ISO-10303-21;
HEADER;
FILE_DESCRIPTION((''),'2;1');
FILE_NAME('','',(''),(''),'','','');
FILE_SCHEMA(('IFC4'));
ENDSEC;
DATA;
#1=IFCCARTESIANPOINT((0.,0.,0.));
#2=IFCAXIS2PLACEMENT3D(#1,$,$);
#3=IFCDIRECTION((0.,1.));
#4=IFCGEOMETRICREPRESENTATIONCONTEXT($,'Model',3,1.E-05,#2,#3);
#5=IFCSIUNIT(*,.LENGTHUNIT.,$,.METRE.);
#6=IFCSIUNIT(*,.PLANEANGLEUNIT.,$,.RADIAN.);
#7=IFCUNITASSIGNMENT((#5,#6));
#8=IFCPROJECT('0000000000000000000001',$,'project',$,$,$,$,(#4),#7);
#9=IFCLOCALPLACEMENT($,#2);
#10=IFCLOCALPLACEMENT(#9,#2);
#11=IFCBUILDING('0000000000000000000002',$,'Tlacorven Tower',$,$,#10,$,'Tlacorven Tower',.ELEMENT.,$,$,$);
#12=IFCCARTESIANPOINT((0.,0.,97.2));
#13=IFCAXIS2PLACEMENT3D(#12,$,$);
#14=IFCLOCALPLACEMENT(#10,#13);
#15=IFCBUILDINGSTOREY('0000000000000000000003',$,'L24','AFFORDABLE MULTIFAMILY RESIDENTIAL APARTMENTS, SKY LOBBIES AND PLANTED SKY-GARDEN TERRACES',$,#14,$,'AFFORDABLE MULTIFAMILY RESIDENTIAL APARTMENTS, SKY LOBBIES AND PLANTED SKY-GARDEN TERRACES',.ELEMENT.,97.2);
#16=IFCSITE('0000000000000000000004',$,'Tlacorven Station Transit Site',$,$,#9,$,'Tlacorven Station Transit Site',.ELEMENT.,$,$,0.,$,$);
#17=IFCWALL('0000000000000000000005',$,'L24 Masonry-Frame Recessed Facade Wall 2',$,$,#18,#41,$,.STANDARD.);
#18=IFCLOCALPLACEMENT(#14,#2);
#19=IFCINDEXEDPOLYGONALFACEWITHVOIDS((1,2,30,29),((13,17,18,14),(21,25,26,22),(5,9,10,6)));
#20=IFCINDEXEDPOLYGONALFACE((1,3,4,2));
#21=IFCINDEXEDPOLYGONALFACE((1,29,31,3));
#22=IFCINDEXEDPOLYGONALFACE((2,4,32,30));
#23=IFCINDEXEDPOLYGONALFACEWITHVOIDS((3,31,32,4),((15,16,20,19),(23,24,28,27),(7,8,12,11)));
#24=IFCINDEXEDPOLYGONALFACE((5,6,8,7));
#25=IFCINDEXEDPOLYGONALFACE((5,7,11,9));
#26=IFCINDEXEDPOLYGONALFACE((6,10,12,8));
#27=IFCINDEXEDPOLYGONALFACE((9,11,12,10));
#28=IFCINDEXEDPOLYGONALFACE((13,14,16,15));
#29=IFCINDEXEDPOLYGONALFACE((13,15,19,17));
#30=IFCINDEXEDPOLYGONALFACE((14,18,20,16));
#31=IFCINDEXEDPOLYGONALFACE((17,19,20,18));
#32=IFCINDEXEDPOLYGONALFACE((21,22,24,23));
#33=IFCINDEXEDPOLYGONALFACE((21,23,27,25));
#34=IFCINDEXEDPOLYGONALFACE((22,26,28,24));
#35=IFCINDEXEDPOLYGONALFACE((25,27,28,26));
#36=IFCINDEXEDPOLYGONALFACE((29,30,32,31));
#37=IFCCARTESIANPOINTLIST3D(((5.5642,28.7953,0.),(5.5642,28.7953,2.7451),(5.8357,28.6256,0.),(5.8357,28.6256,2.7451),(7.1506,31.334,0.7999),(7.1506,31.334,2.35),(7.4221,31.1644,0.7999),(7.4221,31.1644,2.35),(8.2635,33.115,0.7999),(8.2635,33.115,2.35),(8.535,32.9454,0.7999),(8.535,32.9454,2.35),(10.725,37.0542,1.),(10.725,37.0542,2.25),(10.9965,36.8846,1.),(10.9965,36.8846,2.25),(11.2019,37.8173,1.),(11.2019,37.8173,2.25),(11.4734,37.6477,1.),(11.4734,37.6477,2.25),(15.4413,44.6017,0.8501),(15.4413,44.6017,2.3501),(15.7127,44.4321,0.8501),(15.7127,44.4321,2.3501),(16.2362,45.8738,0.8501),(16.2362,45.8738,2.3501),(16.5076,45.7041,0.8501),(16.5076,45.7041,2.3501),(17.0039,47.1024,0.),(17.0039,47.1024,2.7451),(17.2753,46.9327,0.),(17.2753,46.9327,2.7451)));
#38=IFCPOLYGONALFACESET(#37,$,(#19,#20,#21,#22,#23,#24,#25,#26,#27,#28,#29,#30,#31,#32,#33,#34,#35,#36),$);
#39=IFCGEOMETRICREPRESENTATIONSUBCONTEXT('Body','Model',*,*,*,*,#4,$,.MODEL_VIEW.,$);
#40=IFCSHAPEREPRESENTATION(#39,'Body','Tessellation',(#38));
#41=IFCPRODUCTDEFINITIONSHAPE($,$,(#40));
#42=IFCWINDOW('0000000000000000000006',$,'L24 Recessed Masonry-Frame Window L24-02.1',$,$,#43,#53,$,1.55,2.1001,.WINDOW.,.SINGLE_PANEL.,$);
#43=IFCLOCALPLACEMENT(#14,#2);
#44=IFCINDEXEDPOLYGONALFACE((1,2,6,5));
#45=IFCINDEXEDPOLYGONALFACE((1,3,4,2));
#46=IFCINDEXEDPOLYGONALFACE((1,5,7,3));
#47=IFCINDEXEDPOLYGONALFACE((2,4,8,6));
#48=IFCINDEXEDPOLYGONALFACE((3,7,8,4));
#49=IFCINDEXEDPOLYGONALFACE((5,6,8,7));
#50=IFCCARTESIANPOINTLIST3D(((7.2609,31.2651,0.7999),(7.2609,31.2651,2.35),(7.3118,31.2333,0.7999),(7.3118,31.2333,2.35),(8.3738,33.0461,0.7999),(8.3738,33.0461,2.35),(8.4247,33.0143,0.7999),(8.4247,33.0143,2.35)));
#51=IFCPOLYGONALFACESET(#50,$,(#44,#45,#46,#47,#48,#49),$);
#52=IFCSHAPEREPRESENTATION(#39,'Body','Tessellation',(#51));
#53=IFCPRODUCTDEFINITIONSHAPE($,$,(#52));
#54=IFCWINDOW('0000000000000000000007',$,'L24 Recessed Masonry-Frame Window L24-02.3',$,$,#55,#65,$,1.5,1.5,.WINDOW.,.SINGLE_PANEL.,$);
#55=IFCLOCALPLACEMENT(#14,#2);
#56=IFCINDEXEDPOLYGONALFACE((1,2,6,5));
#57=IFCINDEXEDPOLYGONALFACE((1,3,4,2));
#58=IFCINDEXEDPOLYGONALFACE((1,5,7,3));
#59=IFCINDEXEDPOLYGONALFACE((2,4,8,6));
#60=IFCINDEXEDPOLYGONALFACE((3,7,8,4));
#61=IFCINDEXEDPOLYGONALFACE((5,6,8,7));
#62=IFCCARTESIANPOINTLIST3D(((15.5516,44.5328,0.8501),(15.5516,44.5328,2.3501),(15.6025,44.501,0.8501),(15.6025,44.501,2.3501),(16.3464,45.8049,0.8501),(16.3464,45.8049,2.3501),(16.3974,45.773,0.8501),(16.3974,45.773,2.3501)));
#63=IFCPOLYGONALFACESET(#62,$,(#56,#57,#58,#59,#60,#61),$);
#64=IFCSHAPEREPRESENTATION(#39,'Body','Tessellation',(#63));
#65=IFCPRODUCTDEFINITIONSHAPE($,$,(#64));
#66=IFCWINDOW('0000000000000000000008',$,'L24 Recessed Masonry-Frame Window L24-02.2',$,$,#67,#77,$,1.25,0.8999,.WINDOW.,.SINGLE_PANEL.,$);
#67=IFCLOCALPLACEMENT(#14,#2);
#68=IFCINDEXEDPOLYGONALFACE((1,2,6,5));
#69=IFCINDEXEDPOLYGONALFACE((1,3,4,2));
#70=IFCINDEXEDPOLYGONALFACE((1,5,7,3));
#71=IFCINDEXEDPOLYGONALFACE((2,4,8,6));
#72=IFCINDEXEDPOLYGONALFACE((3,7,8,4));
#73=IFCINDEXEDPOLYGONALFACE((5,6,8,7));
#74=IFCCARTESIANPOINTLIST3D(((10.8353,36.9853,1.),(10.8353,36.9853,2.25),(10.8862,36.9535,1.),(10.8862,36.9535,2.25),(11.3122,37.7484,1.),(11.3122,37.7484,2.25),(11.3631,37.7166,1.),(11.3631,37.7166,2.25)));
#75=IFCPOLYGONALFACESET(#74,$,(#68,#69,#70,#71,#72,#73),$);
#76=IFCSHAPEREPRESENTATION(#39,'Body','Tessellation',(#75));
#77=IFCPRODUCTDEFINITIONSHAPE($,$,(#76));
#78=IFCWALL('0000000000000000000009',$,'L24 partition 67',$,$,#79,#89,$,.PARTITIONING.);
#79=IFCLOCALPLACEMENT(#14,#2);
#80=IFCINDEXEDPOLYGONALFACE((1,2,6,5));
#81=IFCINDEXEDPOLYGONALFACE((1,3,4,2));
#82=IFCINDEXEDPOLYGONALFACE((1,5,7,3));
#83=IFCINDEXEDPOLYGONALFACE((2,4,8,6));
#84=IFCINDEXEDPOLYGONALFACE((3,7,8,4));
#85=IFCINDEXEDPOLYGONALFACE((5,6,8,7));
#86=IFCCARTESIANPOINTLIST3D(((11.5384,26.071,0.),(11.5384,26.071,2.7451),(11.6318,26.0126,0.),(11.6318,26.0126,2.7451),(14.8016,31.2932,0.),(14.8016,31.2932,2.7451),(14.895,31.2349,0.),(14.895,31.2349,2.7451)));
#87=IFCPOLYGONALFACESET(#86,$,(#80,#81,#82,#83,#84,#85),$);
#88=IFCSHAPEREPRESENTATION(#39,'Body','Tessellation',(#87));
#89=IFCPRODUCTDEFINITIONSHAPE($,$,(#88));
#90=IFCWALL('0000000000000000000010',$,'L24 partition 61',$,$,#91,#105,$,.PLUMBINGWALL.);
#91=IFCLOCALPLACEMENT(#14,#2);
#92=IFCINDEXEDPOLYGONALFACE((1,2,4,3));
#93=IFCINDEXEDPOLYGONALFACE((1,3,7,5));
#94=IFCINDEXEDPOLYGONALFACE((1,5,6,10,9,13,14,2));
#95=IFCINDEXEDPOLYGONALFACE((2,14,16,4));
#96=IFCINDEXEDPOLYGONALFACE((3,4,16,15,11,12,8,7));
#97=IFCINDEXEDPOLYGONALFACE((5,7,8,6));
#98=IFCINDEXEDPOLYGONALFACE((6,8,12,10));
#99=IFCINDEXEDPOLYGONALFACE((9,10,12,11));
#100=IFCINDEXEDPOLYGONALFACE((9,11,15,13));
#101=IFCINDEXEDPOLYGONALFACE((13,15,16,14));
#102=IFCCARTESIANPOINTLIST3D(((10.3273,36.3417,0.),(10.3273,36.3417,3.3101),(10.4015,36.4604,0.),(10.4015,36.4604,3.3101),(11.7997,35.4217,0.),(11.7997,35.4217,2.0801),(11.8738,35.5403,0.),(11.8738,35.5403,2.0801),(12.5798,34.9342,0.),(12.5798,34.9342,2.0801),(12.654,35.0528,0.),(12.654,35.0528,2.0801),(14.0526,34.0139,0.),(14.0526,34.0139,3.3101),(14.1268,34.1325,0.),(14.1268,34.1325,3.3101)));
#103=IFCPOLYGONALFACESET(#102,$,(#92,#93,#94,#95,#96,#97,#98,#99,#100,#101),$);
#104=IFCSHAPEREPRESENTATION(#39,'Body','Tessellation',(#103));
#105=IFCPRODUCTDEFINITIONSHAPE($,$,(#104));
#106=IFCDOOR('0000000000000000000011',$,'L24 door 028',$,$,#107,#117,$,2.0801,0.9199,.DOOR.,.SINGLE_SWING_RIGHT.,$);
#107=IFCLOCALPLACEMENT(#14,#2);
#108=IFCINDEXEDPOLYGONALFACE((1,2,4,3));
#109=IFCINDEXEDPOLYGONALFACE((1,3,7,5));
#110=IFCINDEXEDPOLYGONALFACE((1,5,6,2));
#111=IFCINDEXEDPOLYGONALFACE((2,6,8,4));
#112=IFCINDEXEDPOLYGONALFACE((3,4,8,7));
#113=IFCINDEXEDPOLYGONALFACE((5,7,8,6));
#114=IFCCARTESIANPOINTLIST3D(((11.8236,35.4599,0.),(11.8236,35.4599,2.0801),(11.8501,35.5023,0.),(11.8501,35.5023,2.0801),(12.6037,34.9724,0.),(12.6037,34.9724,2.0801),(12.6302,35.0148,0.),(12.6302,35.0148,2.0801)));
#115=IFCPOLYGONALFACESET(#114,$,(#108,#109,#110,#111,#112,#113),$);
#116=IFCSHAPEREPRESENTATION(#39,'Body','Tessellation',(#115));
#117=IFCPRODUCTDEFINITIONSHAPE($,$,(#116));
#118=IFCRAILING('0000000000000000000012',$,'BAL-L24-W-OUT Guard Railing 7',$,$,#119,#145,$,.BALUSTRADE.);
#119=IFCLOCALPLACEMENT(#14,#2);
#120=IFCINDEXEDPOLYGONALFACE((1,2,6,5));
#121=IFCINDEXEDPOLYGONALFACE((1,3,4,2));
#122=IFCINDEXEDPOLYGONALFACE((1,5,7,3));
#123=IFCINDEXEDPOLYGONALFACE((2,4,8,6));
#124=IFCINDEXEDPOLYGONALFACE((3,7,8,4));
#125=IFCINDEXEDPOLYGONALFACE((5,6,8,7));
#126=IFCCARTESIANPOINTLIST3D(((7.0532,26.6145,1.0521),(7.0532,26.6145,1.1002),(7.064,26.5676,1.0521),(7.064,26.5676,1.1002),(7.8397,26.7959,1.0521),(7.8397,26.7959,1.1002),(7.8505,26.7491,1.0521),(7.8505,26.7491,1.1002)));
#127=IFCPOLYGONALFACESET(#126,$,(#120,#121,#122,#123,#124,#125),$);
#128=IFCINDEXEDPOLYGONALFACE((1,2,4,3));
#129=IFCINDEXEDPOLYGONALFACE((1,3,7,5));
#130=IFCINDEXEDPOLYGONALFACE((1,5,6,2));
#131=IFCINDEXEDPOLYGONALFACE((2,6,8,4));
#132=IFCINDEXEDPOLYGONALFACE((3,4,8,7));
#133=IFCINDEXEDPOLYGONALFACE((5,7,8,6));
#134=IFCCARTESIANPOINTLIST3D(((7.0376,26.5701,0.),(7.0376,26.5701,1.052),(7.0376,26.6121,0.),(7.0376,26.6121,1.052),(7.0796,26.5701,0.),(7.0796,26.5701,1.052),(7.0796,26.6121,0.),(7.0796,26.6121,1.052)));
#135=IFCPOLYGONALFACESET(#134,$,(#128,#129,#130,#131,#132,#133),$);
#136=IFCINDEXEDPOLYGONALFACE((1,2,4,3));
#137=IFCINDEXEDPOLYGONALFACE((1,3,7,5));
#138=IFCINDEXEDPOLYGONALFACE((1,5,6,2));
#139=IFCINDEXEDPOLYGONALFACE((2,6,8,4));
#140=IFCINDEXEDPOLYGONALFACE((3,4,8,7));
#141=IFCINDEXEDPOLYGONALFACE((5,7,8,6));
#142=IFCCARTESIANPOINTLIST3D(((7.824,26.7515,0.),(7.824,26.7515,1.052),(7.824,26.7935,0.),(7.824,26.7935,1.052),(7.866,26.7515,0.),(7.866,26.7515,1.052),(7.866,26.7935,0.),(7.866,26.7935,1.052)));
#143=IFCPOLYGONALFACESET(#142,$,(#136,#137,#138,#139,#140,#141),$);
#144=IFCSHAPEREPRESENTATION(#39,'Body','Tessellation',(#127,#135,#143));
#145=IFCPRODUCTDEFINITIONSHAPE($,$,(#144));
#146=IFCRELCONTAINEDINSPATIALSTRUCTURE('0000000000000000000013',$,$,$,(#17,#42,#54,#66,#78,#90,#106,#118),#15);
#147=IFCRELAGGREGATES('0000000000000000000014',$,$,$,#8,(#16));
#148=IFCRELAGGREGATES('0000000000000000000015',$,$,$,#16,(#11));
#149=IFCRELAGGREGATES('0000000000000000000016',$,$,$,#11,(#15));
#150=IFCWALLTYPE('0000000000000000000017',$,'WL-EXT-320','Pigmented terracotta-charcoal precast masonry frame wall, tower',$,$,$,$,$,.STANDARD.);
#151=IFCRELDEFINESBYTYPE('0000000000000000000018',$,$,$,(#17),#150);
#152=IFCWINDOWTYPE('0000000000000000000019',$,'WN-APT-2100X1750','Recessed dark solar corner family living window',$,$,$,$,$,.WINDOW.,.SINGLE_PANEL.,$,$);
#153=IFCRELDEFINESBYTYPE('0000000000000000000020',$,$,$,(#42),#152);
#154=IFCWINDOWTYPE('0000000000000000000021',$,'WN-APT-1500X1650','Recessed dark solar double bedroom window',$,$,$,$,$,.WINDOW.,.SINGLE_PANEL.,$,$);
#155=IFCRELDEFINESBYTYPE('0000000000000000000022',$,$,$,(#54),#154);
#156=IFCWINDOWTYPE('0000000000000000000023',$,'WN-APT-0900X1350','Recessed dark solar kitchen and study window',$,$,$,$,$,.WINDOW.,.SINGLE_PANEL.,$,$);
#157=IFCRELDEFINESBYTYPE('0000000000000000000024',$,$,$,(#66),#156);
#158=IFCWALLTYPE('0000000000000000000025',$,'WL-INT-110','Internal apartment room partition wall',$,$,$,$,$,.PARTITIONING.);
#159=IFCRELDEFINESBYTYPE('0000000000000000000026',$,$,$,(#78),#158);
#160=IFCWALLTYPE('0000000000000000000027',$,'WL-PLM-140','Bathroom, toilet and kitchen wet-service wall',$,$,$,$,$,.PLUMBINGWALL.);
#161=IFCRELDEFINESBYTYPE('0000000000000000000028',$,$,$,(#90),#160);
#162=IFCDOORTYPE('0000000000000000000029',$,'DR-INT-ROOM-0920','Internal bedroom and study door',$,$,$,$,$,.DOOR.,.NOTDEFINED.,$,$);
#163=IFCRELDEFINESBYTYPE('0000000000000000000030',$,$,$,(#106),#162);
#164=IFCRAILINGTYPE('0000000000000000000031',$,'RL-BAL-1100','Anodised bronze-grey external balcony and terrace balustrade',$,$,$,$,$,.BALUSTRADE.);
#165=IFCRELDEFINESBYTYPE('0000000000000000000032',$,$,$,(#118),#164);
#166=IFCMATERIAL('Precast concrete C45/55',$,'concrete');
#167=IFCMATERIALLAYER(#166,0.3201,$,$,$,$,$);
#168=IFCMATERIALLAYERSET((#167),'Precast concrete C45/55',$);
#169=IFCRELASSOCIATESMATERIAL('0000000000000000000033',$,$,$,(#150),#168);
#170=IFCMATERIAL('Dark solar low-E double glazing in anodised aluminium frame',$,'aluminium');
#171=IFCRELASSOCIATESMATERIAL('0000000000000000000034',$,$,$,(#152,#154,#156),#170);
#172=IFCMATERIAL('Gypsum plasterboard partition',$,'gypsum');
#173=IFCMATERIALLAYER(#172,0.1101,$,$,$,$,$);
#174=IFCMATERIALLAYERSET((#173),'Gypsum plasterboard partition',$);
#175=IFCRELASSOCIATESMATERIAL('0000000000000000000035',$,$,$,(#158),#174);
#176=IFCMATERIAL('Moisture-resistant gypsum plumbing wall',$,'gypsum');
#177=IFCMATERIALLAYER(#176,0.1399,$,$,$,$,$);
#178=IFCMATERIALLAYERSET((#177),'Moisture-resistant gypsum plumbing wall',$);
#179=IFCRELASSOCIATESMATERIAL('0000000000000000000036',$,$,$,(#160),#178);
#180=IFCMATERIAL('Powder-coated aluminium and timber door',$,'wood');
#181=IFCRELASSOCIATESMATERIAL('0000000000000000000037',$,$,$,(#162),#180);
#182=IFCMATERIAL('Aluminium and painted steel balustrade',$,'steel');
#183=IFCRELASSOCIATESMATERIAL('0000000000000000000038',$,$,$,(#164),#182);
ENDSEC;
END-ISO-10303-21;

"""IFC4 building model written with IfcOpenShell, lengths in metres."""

from ifc_helpers import new_model, si_unit, direction, frame, frame_2d, origin, origin_2d, place, context, subcontext, project, spatial, rectangle, extrude, source, transform, mapped, material, layer, layer_set, type_object, element, fill, save


model = new_model("IFC4")

# Units and contexts
model_context = context("Model", 3, precision=1e-05, world=origin(), true_north=direction((0.0, 1.0)))
body_context = subcontext(model_context, "Body", "Model", "MODEL_VIEW")
ifc_project = project(units=[si_unit("LENGTHUNIT", "METRE"), si_unit("PLANEANGLEUNIT", "RADIAN")], contexts=[model_context])

# Site, building, storey
site_placement = place(None, origin())
site = spatial("IfcSite", under=ifc_project, at=site_placement, Name="Tlacorven Station Transit Site", LongName="Tlacorven Station Transit Site", CompositionType="ELEMENT", RefElevation=0.0)
building_placement = place(site_placement, origin())
building = spatial("IfcBuilding", under=site, at=building_placement, Name="Tlacorven Tower", LongName="Tlacorven Tower", CompositionType="ELEMENT")
storey_placement = place(building_placement, frame((0.0, 0.0, 97.2)))
storey = spatial("IfcBuildingStorey", under=building, at=storey_placement, Name="L24", Description="AFFORDABLE MULTIFAMILY RESIDENTIAL APARTMENTS, SKY LOBBIES AND PLANTED SKY-GARDEN TERRACES", LongName="AFFORDABLE MULTIFAMILY RESIDENTIAL APARTMENTS, SKY LOBBIES AND PLANTED SKY-GARDEN TERRACES", CompositionType="ELEMENT", Elevation=97.2)

# Wall, openings, windows
ifc_material_1 = material(Name="Precast concrete C45/55", Category="concrete")
ifc_layer_1 = layer(ifc_material_1, 0.3201)
ifc_layer_set_1 = layer_set([ifc_layer_1], Name="Precast concrete C45/55")
wall_type_1 = type_object("IfcWallType", Name="WL-EXT-320", Description="Pigmented terracotta-charcoal precast masonry frame wall, tower", PredefinedType="STANDARD", material=ifc_layer_set_1)
wall_1_placement = place(storey_placement, frame((5.7, 28.7104, 0.0), z_axis=(0.0, 0.0, 1.0), x_axis=(0.529924, 0.848045, 0.0)))
wall_1 = element("IfcWall", 1, at=wall_1_placement, inside=storey, type_object=wall_type_1, Name="L24 Masonry-Frame Recessed Facade Wall 2", PredefinedType="STANDARD", context=body_context, shape_type="SweptSolid", body=[
    extrude(rectangle(XDim=21.5874, YDim=0.3201, at=frame_2d((10.7937, 0.0))), origin(), (0.0, 0.0, 1.0), 2.7451),
])
opening_1_placement = place(wall_1_placement, frame((2.9937, 0.0, 0.8)))
opening_1 = element("IfcOpeningElement", 2, at=opening_1_placement, cuts=wall_1, PredefinedType="OPENING", context=body_context, shape_type="SweptSolid", body=[
    extrude(rectangle(XDim=2.1001, YDim=1.55, at=frame_2d((1.05, 0.7749))), frame((0.0, 0.1699, 0.0), z_axis=(0.0, -1.0, 0.0), x_axis=(1.0, 0.0, 0.0)), (0.0, 0.0, 1.0), 0.3401),
])
opening_2_placement = place(wall_1_placement, frame((9.7388, 0.0, 1.0)))
opening_2 = element("IfcOpeningElement", 3, at=opening_2_placement, cuts=wall_1, PredefinedType="OPENING", context=body_context, shape_type="SweptSolid", body=[
    extrude(rectangle(XDim=0.8999, YDim=1.25, at=frame_2d((0.45, 0.625))), frame((0.0, 0.1699, 0.0), z_axis=(0.0, -1.0, 0.0), x_axis=(1.0, 0.0, 0.0)), (0.0, 0.0, 1.0), 0.3401),
])
opening_3_placement = place(wall_1_placement, frame((18.6387, 0.0, 0.8501)))
opening_3 = element("IfcOpeningElement", 4, at=opening_3_placement, cuts=wall_1, PredefinedType="OPENING", context=body_context, shape_type="SweptSolid", body=[
    extrude(rectangle(XDim=1.5, YDim=1.5, at=frame_2d((0.75, 0.75))), frame((0.0, 0.1699, 0.0), z_axis=(0.0, -1.0, 0.0), x_axis=(1.0, 0.0, 0.0)), (0.0, 0.0, 1.0), 0.3401),
])
ifc_material_2 = material(Name="Dark solar low-E double glazing in anodised aluminium frame", Category="aluminium")
window_type_1 = type_object("IfcWindowType", Name="WN-APT-2100X1750", Description="Recessed dark solar corner family living window", PartitioningType="SINGLE_PANEL", PredefinedType="WINDOW", material=ifc_material_2)
shared_shape_1 = source(origin(), body_context, "Body", "SweptSolid", [
    extrude(rectangle(XDim=2.1001, YDim=1.55, at=frame_2d((1.05, 0.7749))), frame((0.0, 0.03, 0.0), z_axis=(0.0, -1.0, 0.0), x_axis=(1.0, 0.0, 0.0)), (0.0, 0.0, 1.0), 0.0601),
])
window_1_placement = place(opening_1_placement, origin())
window_1 = element("IfcWindow", 5, at=window_1_placement, inside=storey, type_object=window_type_1, Name="L24 Recessed Masonry-Frame Window L24-02.1", OverallHeight=1.55, OverallWidth=2.1001, PartitioningType="SINGLE_PANEL", PredefinedType="WINDOW", context=body_context, shape_type="MappedRepresentation", body=[
    mapped(shared_shape_1, transform((0.0, 0.0, 0.0), scale=1.0)),
])
fill(opening_1, window_1)
window_type_2 = type_object("IfcWindowType", Name="WN-APT-1500X1650", Description="Recessed dark solar double bedroom window", PartitioningType="SINGLE_PANEL", PredefinedType="WINDOW", material=ifc_material_2)
shared_shape_2 = source(origin(), body_context, "Body", "SweptSolid", [
    extrude(rectangle(XDim=1.5, YDim=1.5, at=frame_2d((0.75, 0.75))), frame((0.0, 0.03, 0.0), z_axis=(0.0, -1.0, 0.0), x_axis=(1.0, 0.0, 0.0)), (0.0, 0.0, 1.0), 0.0601),
])
window_2_placement = place(opening_3_placement, origin())
window_2 = element("IfcWindow", 6, at=window_2_placement, inside=storey, type_object=window_type_2, Name="L24 Recessed Masonry-Frame Window L24-02.3", OverallHeight=1.5, OverallWidth=1.5, PartitioningType="SINGLE_PANEL", PredefinedType="WINDOW", context=body_context, shape_type="MappedRepresentation", body=[
    mapped(shared_shape_2, transform((0.0, 0.0, 0.0), scale=1.0)),
])
fill(opening_3, window_2)
window_type_3 = type_object("IfcWindowType", Name="WN-APT-0900X1350", Description="Recessed dark solar kitchen and study window", PartitioningType="SINGLE_PANEL", PredefinedType="WINDOW", material=ifc_material_2)
shared_shape_3 = source(origin(), body_context, "Body", "SweptSolid", [
    extrude(rectangle(XDim=0.8999, YDim=1.25, at=frame_2d((0.45, 0.625))), frame((0.0, 0.03, 0.0), z_axis=(0.0, -1.0, 0.0), x_axis=(1.0, 0.0, 0.0)), (0.0, 0.0, 1.0), 0.0601),
])
window_3_placement = place(opening_2_placement, origin())
window_3 = element("IfcWindow", 7, at=window_3_placement, inside=storey, type_object=window_type_3, Name="L24 Recessed Masonry-Frame Window L24-02.2", OverallHeight=1.25, OverallWidth=0.8999, PartitioningType="SINGLE_PANEL", PredefinedType="WINDOW", context=body_context, shape_type="MappedRepresentation", body=[
    mapped(shared_shape_3, transform((0.0, 0.0, 0.0), scale=1.0)),
])
fill(opening_2, window_3)

# Wall
ifc_material_3 = material(Name="Gypsum plasterboard partition", Category="gypsum")
ifc_layer_2 = layer(ifc_material_3, 0.1101)
ifc_layer_set_2 = layer_set([ifc_layer_2], Name="Gypsum plasterboard partition")
wall_type_2 = type_object("IfcWallType", Name="WL-INT-110", Description="Internal apartment room partition wall", PredefinedType="PARTITIONING", material=ifc_layer_set_2)
wall_2_placement = place(storey_placement, frame((14.8484, 31.2642, 0.0), z_axis=(0.0, 0.0, 1.0), x_axis=(-0.529921, -0.848047, 0.0)))
element("IfcWall", 8, at=wall_2_placement, inside=storey, type_object=wall_type_2, Name="L24 partition 67", PredefinedType="PARTITIONING", context=body_context, shape_type="SweptSolid", body=[
    extrude(rectangle(XDim=6.158, YDim=0.1101, at=frame_2d((3.0791, 0.0))), origin(), (0.0, 0.0, 1.0), 2.7451),
])

# Wall, opening, door
ifc_material_4 = material(Name="Moisture-resistant gypsum plumbing wall", Category="gypsum")
ifc_layer_3 = layer(ifc_material_4, 0.1399)
ifc_layer_set_3 = layer_set([ifc_layer_3], Name="Moisture-resistant gypsum plumbing wall")
wall_type_3 = type_object("IfcWallType", Name="WL-PLM-140", Description="Bathroom, toilet and kitchen wet-service wall", PredefinedType="PLUMBINGWALL", material=ifc_layer_set_3)
wall_3_placement = place(storey_placement, frame((14.0896, 34.0732, 0.0), z_axis=(0.0, 0.0, 1.0), x_axis=(-0.848045, 0.529924, 0.0)))
wall_3 = element("IfcWall", 9, at=wall_3_placement, inside=storey, type_object=wall_type_3, Name="L24 partition 61", PredefinedType="PLUMBINGWALL", context=body_context, shape_type="SweptSolid", body=[
    extrude(rectangle(XDim=4.3928, YDim=0.1399, at=frame_2d((2.1963, 0.0))), origin(), (0.0, 0.0, 1.0), 3.3101),
])
opening_4_placement = place(wall_3_placement, frame((1.7366, 0.0, 0.0)))
opening_4 = element("IfcOpeningElement", 10, at=opening_4_placement, cuts=wall_3, PredefinedType="OPENING", context=body_context, shape_type="SweptSolid", body=[
    extrude(rectangle(XDim=0.9199, YDim=2.0801, at=frame_2d((0.46, 1.04))), frame((0.0, 0.0801, 0.0), z_axis=(0.0, -1.0, 0.0), x_axis=(1.0, 0.0, 0.0)), (0.0, 0.0, 1.0), 0.1599),
])
ifc_material_5 = material(Name="Powder-coated aluminium and timber door", Category="wood")
door_type = type_object("IfcDoorType", Name="DR-INT-ROOM-0920", Description="Internal bedroom and study door", OperationType="NOTDEFINED", PredefinedType="DOOR", material=ifc_material_5)
shared_shape_4 = source(origin(), body_context, "Body", "SweptSolid", [
    extrude(rectangle(XDim=0.9199, YDim=2.0801, at=frame_2d((0.46, 1.04))), frame((0.0, 0.0249, 0.0), z_axis=(0.0, -1.0, 0.0), x_axis=(1.0, 0.0, 0.0)), (0.0, 0.0, 1.0), 0.05),
])
door_placement = place(opening_4_placement, origin())
door = element("IfcDoor", 11, at=door_placement, inside=storey, type_object=door_type, Name="L24 door 028", OperationType="SINGLE_SWING_RIGHT", OverallHeight=2.0801, OverallWidth=0.9199, PredefinedType="DOOR", context=body_context, shape_type="MappedRepresentation", body=[
    mapped(shared_shape_4, transform((0.0, 0.0, 0.0), scale=1.0)),
])
fill(opening_4, door)

# Railing
ifc_material_6 = material(Name="Aluminium and painted steel balustrade", Category="steel")
railing_type = type_object("IfcRailingType", Name="RL-BAL-1100", Description="Anodised bronze-grey external balcony and terrace balustrade", PredefinedType="BALUSTRADE", material=ifc_material_6)
shared_shape_5 = source(origin(), body_context, "Body", "SweptSolid", [
    extrude(rectangle(XDim=0.0481, YDim=0.0481, at=origin_2d()), frame((0.0, 0.0, 1.0762), z_axis=(0.974412, 0.224771, 0.0), x_axis=(-0.224771, 0.974412, 0.0)), (0.0, 0.0, 1.0), 0.8071),
    extrude(rectangle(XDim=0.042, YDim=0.042, at=origin_2d()), origin(), (0.0, 0.0, 1.0), 1.052),
    extrude(rectangle(XDim=0.042, YDim=0.042, at=origin_2d()), frame((0.7864, 0.1814, 0.0)), (0.0, 0.0, 1.0), 1.052),
])
railing_placement = place(storey_placement, frame((7.0586, 26.5911, 0.0)))
element("IfcRailing", 12, at=railing_placement, inside=storey, type_object=railing_type, Name="BAL-L24-W-OUT Guard Railing 7", PredefinedType="BALUSTRADE", context=body_context, shape_type="MappedRepresentation", body=[
    mapped(shared_shape_5, transform((0.0, 0.0, 0.0), scale=1.0)),
])

save(model, "model.ifc")
